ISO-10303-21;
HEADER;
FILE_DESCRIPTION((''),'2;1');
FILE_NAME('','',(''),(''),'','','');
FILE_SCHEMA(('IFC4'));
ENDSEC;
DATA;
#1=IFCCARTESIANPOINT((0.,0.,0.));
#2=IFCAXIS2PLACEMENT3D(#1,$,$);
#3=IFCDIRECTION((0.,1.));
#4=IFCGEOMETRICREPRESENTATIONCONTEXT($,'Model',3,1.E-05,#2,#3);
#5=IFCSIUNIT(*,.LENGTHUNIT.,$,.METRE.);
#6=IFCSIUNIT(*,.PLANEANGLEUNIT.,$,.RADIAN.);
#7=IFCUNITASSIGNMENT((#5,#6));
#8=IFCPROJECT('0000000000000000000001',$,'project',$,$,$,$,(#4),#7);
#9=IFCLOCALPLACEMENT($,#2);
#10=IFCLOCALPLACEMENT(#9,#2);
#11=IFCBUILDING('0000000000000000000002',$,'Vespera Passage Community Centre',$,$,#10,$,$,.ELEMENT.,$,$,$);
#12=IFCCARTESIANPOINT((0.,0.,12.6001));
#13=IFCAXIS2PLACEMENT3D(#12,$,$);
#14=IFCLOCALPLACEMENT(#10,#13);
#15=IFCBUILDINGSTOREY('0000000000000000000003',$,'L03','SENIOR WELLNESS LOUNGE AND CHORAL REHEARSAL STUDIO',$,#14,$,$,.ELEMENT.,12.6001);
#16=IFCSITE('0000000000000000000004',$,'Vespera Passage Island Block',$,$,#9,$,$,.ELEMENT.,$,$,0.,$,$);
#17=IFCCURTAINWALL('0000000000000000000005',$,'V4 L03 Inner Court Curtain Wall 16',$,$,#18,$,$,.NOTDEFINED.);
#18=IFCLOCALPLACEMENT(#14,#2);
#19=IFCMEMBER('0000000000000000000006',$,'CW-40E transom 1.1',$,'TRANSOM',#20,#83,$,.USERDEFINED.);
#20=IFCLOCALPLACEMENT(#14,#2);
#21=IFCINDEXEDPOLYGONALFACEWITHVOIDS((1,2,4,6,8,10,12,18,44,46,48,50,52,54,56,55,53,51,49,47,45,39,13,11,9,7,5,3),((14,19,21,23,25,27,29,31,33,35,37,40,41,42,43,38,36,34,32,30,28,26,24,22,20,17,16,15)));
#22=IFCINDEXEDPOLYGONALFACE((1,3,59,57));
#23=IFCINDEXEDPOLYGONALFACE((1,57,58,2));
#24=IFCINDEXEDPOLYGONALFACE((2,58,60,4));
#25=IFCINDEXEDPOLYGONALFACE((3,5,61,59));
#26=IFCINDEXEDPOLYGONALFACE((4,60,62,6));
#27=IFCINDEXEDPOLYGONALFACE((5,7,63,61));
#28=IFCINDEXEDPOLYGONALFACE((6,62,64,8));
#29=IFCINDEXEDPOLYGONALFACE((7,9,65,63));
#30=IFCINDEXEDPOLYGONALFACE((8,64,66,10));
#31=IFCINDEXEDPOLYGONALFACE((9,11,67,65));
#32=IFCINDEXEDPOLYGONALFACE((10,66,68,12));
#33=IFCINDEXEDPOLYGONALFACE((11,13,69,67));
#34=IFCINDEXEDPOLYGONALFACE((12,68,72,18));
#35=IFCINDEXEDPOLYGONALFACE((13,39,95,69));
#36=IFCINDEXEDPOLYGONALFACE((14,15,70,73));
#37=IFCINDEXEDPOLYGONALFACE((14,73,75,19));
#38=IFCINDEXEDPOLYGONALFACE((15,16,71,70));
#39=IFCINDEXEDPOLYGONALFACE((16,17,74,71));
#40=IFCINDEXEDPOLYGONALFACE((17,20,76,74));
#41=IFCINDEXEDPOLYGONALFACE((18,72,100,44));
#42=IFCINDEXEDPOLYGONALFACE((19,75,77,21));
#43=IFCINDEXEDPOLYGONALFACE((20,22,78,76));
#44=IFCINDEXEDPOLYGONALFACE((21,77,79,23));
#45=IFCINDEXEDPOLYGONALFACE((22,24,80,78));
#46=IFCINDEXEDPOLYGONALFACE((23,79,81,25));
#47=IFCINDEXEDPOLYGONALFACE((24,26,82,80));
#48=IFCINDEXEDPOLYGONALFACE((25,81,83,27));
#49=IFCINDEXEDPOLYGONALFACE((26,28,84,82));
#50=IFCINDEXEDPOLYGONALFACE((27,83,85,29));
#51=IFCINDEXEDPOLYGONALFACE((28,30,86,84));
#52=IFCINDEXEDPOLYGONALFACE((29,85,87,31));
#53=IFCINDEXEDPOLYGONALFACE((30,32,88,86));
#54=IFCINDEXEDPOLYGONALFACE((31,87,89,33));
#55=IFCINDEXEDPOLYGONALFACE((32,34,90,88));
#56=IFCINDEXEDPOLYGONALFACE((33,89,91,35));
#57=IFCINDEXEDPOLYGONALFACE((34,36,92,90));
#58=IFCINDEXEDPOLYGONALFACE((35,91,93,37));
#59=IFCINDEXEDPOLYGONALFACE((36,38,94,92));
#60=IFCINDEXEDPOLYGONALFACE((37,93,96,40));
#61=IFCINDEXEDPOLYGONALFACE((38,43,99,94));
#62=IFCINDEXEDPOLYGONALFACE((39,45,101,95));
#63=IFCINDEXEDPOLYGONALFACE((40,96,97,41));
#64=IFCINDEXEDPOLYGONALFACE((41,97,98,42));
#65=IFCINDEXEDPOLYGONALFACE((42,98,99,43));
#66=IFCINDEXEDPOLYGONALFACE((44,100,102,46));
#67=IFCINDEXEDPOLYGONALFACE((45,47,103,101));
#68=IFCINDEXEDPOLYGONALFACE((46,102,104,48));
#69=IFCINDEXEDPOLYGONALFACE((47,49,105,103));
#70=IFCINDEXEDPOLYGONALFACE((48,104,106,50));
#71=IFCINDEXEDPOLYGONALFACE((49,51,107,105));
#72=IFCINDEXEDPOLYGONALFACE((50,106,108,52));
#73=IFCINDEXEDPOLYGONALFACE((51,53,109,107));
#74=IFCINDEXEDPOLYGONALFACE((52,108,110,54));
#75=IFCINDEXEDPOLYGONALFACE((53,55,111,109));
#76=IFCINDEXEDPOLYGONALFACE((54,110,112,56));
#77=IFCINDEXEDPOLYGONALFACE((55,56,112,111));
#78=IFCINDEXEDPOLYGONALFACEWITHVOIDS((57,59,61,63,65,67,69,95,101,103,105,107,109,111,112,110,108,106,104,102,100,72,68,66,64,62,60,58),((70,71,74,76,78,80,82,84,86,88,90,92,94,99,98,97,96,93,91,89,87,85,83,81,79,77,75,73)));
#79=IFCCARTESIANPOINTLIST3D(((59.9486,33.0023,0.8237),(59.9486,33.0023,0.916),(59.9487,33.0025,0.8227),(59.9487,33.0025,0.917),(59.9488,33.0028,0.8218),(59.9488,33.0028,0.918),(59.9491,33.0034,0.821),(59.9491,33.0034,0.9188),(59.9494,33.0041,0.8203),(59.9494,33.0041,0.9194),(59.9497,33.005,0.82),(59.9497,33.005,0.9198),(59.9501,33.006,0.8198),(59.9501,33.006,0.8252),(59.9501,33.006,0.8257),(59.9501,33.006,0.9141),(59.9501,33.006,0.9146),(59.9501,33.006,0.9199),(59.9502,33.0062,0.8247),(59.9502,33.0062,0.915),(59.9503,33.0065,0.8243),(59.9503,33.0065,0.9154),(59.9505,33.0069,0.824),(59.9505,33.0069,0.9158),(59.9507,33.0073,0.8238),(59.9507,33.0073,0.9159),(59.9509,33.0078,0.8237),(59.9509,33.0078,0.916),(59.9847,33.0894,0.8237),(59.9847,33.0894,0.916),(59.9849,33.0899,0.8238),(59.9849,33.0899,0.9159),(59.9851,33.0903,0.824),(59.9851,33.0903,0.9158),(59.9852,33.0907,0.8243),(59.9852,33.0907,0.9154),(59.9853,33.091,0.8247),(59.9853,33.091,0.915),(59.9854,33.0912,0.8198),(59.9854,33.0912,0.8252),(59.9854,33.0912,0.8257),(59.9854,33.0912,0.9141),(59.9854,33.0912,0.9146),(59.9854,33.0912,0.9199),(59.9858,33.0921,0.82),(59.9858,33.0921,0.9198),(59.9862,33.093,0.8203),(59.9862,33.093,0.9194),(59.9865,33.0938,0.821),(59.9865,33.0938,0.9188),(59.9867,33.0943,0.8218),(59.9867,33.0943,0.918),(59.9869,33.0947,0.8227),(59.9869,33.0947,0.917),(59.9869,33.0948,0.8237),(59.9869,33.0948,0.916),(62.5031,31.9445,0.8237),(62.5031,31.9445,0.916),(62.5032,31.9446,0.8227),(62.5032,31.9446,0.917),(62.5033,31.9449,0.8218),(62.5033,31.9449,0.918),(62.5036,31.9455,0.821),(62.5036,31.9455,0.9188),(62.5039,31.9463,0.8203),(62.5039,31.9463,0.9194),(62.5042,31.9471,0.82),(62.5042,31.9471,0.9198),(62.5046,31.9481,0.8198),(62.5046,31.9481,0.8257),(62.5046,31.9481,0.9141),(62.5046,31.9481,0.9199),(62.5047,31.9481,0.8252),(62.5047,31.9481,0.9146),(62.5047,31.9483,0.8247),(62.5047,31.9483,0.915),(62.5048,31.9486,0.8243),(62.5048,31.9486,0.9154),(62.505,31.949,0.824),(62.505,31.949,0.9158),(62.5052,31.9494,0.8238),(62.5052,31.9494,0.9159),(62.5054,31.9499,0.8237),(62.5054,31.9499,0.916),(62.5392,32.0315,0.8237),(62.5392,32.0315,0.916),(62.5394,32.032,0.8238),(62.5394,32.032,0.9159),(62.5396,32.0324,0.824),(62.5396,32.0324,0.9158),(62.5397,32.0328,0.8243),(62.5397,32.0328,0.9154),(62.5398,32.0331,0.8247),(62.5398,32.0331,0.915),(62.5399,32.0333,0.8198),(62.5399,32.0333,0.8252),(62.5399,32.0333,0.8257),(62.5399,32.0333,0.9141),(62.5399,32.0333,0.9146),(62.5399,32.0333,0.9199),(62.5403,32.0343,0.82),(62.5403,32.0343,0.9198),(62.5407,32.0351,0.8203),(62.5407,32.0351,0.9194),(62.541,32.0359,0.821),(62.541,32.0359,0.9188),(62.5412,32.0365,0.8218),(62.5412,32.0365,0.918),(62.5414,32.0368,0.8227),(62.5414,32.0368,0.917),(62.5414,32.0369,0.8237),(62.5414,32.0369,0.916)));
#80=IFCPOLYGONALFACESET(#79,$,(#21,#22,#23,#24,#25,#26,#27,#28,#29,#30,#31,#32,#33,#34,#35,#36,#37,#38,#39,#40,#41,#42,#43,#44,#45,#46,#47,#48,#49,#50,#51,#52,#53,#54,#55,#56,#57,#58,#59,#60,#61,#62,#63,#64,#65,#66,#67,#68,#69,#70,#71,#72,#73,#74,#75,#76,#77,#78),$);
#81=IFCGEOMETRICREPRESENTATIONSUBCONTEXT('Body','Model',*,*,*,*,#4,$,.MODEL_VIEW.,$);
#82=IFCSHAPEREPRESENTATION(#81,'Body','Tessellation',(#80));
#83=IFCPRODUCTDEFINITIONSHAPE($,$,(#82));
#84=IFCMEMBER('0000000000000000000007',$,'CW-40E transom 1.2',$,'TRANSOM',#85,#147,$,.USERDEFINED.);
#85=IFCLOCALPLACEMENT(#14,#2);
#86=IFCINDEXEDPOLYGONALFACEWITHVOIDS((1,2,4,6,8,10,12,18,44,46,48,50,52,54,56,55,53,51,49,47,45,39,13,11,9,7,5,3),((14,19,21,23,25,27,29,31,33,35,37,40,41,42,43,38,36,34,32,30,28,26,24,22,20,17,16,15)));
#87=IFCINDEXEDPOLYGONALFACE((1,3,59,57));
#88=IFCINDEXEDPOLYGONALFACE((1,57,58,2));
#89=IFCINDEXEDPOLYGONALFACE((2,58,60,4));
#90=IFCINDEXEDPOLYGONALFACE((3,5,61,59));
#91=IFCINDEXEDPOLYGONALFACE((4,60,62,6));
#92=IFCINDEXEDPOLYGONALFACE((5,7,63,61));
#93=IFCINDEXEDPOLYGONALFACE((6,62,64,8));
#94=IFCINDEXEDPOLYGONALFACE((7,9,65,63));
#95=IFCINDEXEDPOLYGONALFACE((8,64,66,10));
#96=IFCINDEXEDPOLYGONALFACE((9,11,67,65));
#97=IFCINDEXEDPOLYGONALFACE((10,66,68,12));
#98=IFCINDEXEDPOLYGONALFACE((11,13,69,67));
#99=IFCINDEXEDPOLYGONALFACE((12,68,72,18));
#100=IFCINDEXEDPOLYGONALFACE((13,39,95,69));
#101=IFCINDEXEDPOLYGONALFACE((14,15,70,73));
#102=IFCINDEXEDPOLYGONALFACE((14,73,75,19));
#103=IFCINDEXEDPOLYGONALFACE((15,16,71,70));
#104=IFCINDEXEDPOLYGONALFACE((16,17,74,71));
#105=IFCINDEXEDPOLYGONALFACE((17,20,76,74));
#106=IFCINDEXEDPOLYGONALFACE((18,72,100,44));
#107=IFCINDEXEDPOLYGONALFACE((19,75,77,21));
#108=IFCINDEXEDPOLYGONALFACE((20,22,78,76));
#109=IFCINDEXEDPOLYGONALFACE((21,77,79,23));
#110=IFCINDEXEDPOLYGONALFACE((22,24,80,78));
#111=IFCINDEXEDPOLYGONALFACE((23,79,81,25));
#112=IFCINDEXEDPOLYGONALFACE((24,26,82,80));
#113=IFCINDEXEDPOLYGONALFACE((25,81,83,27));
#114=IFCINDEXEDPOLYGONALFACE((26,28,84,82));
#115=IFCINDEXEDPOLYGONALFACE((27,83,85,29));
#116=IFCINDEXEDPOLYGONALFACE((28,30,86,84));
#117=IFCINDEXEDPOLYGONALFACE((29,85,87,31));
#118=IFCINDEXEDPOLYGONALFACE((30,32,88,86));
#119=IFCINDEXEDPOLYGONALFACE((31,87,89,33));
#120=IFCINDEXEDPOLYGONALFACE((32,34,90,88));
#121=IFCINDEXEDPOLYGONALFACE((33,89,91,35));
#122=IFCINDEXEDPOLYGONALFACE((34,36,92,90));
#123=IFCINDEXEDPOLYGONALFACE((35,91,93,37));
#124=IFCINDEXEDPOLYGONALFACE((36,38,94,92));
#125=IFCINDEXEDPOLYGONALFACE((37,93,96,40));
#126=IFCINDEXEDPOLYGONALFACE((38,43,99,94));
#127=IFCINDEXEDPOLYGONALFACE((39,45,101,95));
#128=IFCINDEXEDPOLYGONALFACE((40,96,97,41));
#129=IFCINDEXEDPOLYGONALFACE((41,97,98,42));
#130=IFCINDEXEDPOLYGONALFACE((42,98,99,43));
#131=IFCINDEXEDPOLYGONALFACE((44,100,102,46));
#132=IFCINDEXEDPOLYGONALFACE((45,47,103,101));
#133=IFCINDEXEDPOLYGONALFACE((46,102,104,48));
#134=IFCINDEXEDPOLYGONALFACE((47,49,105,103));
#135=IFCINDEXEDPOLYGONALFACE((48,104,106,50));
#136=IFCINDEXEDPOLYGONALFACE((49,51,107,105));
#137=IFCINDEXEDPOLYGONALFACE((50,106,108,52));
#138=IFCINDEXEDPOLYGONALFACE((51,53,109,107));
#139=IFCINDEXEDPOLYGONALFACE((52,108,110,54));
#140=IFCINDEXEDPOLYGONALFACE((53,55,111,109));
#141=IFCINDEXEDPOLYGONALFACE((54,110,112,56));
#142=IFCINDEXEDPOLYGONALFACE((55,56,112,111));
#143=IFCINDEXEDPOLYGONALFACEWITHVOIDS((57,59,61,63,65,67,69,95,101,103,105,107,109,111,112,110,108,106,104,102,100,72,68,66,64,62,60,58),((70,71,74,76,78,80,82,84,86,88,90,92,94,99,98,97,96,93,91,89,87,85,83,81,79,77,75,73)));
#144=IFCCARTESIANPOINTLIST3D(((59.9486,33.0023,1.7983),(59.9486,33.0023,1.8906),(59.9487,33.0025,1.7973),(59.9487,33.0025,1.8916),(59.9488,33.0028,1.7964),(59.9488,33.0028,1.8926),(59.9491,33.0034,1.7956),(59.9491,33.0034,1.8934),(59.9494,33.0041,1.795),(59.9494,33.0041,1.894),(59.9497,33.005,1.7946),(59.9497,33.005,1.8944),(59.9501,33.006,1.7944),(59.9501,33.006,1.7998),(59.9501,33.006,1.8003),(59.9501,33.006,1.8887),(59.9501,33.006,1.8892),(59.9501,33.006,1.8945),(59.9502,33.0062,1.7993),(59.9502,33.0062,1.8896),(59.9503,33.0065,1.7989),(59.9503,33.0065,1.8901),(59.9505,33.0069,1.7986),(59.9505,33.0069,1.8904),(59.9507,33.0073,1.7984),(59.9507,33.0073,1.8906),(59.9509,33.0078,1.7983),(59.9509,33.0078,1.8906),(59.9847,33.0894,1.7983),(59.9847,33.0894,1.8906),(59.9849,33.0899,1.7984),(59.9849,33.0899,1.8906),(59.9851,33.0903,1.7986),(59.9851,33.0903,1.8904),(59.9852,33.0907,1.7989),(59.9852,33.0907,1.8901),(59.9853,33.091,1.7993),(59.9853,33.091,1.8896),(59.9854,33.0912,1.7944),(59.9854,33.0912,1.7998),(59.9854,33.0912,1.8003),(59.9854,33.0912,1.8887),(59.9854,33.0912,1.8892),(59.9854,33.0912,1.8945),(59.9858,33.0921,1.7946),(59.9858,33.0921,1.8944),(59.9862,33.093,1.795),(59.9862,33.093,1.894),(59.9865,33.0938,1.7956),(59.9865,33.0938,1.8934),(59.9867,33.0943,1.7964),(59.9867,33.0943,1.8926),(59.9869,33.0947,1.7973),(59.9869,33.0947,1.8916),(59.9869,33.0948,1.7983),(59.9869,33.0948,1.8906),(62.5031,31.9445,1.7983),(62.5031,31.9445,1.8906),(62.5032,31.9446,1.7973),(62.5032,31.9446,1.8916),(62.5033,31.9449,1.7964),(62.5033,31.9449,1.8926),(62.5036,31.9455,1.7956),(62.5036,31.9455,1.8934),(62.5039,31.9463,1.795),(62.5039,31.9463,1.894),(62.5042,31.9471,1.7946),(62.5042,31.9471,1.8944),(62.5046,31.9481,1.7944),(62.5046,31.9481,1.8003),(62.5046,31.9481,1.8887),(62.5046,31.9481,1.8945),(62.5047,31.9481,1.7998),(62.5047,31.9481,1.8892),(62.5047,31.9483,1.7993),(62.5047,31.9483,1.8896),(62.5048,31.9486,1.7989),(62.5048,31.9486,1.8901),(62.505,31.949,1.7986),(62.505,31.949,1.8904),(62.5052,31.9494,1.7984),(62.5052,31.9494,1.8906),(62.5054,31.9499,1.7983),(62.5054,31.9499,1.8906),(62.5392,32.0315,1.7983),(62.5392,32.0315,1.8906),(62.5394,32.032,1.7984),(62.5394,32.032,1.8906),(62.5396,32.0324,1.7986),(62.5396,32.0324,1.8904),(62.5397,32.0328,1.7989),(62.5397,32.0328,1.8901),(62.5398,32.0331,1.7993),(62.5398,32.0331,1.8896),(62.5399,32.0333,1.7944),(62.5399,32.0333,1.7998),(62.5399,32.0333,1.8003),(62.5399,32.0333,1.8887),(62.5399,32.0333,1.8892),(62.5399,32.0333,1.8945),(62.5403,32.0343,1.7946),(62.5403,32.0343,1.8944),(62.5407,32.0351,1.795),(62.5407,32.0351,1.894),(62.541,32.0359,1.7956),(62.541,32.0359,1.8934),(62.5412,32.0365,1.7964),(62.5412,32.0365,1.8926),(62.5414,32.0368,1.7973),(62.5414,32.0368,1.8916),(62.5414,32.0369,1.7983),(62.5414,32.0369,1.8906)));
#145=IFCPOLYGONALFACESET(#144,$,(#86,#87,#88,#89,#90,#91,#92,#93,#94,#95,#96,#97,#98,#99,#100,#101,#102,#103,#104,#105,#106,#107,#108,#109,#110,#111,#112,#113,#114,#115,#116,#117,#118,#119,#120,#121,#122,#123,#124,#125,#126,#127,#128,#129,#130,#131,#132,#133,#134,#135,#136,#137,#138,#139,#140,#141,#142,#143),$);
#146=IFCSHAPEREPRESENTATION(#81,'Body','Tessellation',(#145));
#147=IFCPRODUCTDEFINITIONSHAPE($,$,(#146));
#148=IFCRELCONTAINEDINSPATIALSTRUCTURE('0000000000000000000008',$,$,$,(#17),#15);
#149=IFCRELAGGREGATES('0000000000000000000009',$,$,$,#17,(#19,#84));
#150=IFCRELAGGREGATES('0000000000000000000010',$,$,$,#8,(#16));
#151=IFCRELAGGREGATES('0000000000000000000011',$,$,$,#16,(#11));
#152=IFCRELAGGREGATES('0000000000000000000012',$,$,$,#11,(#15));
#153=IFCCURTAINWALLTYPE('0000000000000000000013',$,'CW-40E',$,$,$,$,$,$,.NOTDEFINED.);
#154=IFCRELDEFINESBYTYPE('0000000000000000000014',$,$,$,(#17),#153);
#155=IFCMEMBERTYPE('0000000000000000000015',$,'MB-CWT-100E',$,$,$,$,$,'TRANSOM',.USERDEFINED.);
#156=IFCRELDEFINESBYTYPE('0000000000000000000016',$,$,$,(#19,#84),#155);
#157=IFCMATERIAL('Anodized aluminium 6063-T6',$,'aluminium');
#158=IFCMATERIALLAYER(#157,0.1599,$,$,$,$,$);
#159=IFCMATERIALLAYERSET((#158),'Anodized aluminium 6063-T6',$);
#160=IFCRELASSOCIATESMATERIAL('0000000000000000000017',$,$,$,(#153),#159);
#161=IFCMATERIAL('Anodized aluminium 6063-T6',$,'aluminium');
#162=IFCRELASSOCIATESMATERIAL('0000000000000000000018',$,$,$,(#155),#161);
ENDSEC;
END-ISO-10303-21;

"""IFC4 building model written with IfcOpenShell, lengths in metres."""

from ifc_helpers import new_model, si_unit, direction, frame, origin, origin_2d, place, context, subcontext, project, spatial, hollow_rectangle, extrude, material, layer, layer_set, material_profile, profile_set, type_object, element, aggregate, save


model = new_model("IFC4")

# Units and contexts
model_context = context("Model", 3, precision=1e-05, world=origin(), true_north=direction((0.0, 1.0)))
body_context = subcontext(model_context, "Body", "Model", "MODEL_VIEW")
ifc_project = project(units=[si_unit("LENGTHUNIT", "METRE"), si_unit("PLANEANGLEUNIT", "RADIAN")], contexts=[model_context])

# Site, building, storey
site_placement = place(None, origin())
site = spatial("IfcSite", under=ifc_project, at=site_placement, Name="Vespera Passage Island Block", CompositionType="ELEMENT", RefElevation=0.0)
building_placement = place(site_placement, origin())
building = spatial("IfcBuilding", under=site, at=building_placement, Name="Vespera Passage Community Centre", CompositionType="ELEMENT")
storey_placement = place(building_placement, frame((0.0, 0.0, 12.6001)))
storey = spatial("IfcBuildingStorey", under=building, at=storey_placement, Name="L03", Description="SENIOR WELLNESS LOUNGE AND CHORAL REHEARSAL STUDIO", CompositionType="ELEMENT", Elevation=12.6001)

# Curtain wall
ifc_material_1 = material(Name="Anodized aluminium 6063-T6", Category="aluminium")
ifc_layer_1 = layer(ifc_material_1, 0.1599)
ifc_layer_set_1 = layer_set([ifc_layer_1], Name="Anodized aluminium 6063-T6")
curtain_wall_type = type_object("IfcCurtainWallType", Name="CW-40E", PredefinedType="NOTDEFINED", material=ifc_layer_set_1)
curtain_wall_1_placement = place(storey_placement, origin())
curtain_wall_1 = element("IfcCurtainWall", 1, at=curtain_wall_1_placement, inside=storey, type_object=curtain_wall_type, Name="V4 L03 Inner Court Curtain Wall 16", PredefinedType="NOTDEFINED")

# Members
ifc_material_2 = material(Name="Anodized aluminium 6063-T6", Category="aluminium")
ifc_material_profile_1 = material_profile(ifc_material_2, hollow_rectangle(XDim=0.1001, YDim=0.1001, WallThickness=0.0039, InnerFilletRadius=0.002, OuterFilletRadius=0.0039, at=origin_2d()), Name="ALU100X100X4")
ifc_profile_set_1 = profile_set([ifc_material_profile_1], Name="Anodized aluminium 6063-T6")
member_type_1 = type_object("IfcMemberType", Name="MB-CWT-100E", ElementType="TRANSOM", PredefinedType="USERDEFINED", material=ifc_profile_set_1)
member_1_placement = place(storey_placement, frame((59.9678, 33.0486, 0.8699), z_axis=(0.923908, -0.382614, 0.0), x_axis=(0.382614, 0.923908, 0.0)))
member_1 = element("IfcMember", 2, at=member_1_placement, type_object=member_type_1, Name="CW-40E transom 1.1", ObjectType="TRANSOM", PredefinedType="USERDEFINED", context=body_context, shape_type="SweptSolid", body=[
    extrude(hollow_rectangle(XDim=0.1001, YDim=0.1001, WallThickness=0.0039, InnerFilletRadius=0.002, OuterFilletRadius=0.0039, at=origin_2d()), origin(), (0.0, 0.0, 1.0), 2.7649),
])
member_2_placement = place(storey_placement, frame((59.9678, 33.0486, 1.8445), z_axis=(0.923908, -0.382614, 0.0), x_axis=(0.382614, 0.923908, 0.0)))
member_2 = element("IfcMember", 3, at=member_2_placement, type_object=member_type_1, Name="CW-40E transom 1.2", ObjectType="TRANSOM", PredefinedType="USERDEFINED", context=body_context, shape_type="SweptSolid", body=[
    extrude(hollow_rectangle(XDim=0.1001, YDim=0.1001, WallThickness=0.0039, InnerFilletRadius=0.002, OuterFilletRadius=0.0039, at=origin_2d()), origin(), (0.0, 0.0, 1.0), 2.7649),
])

aggregate(curtain_wall_1, [member_1, member_2])

save(model, "model.ifc")
